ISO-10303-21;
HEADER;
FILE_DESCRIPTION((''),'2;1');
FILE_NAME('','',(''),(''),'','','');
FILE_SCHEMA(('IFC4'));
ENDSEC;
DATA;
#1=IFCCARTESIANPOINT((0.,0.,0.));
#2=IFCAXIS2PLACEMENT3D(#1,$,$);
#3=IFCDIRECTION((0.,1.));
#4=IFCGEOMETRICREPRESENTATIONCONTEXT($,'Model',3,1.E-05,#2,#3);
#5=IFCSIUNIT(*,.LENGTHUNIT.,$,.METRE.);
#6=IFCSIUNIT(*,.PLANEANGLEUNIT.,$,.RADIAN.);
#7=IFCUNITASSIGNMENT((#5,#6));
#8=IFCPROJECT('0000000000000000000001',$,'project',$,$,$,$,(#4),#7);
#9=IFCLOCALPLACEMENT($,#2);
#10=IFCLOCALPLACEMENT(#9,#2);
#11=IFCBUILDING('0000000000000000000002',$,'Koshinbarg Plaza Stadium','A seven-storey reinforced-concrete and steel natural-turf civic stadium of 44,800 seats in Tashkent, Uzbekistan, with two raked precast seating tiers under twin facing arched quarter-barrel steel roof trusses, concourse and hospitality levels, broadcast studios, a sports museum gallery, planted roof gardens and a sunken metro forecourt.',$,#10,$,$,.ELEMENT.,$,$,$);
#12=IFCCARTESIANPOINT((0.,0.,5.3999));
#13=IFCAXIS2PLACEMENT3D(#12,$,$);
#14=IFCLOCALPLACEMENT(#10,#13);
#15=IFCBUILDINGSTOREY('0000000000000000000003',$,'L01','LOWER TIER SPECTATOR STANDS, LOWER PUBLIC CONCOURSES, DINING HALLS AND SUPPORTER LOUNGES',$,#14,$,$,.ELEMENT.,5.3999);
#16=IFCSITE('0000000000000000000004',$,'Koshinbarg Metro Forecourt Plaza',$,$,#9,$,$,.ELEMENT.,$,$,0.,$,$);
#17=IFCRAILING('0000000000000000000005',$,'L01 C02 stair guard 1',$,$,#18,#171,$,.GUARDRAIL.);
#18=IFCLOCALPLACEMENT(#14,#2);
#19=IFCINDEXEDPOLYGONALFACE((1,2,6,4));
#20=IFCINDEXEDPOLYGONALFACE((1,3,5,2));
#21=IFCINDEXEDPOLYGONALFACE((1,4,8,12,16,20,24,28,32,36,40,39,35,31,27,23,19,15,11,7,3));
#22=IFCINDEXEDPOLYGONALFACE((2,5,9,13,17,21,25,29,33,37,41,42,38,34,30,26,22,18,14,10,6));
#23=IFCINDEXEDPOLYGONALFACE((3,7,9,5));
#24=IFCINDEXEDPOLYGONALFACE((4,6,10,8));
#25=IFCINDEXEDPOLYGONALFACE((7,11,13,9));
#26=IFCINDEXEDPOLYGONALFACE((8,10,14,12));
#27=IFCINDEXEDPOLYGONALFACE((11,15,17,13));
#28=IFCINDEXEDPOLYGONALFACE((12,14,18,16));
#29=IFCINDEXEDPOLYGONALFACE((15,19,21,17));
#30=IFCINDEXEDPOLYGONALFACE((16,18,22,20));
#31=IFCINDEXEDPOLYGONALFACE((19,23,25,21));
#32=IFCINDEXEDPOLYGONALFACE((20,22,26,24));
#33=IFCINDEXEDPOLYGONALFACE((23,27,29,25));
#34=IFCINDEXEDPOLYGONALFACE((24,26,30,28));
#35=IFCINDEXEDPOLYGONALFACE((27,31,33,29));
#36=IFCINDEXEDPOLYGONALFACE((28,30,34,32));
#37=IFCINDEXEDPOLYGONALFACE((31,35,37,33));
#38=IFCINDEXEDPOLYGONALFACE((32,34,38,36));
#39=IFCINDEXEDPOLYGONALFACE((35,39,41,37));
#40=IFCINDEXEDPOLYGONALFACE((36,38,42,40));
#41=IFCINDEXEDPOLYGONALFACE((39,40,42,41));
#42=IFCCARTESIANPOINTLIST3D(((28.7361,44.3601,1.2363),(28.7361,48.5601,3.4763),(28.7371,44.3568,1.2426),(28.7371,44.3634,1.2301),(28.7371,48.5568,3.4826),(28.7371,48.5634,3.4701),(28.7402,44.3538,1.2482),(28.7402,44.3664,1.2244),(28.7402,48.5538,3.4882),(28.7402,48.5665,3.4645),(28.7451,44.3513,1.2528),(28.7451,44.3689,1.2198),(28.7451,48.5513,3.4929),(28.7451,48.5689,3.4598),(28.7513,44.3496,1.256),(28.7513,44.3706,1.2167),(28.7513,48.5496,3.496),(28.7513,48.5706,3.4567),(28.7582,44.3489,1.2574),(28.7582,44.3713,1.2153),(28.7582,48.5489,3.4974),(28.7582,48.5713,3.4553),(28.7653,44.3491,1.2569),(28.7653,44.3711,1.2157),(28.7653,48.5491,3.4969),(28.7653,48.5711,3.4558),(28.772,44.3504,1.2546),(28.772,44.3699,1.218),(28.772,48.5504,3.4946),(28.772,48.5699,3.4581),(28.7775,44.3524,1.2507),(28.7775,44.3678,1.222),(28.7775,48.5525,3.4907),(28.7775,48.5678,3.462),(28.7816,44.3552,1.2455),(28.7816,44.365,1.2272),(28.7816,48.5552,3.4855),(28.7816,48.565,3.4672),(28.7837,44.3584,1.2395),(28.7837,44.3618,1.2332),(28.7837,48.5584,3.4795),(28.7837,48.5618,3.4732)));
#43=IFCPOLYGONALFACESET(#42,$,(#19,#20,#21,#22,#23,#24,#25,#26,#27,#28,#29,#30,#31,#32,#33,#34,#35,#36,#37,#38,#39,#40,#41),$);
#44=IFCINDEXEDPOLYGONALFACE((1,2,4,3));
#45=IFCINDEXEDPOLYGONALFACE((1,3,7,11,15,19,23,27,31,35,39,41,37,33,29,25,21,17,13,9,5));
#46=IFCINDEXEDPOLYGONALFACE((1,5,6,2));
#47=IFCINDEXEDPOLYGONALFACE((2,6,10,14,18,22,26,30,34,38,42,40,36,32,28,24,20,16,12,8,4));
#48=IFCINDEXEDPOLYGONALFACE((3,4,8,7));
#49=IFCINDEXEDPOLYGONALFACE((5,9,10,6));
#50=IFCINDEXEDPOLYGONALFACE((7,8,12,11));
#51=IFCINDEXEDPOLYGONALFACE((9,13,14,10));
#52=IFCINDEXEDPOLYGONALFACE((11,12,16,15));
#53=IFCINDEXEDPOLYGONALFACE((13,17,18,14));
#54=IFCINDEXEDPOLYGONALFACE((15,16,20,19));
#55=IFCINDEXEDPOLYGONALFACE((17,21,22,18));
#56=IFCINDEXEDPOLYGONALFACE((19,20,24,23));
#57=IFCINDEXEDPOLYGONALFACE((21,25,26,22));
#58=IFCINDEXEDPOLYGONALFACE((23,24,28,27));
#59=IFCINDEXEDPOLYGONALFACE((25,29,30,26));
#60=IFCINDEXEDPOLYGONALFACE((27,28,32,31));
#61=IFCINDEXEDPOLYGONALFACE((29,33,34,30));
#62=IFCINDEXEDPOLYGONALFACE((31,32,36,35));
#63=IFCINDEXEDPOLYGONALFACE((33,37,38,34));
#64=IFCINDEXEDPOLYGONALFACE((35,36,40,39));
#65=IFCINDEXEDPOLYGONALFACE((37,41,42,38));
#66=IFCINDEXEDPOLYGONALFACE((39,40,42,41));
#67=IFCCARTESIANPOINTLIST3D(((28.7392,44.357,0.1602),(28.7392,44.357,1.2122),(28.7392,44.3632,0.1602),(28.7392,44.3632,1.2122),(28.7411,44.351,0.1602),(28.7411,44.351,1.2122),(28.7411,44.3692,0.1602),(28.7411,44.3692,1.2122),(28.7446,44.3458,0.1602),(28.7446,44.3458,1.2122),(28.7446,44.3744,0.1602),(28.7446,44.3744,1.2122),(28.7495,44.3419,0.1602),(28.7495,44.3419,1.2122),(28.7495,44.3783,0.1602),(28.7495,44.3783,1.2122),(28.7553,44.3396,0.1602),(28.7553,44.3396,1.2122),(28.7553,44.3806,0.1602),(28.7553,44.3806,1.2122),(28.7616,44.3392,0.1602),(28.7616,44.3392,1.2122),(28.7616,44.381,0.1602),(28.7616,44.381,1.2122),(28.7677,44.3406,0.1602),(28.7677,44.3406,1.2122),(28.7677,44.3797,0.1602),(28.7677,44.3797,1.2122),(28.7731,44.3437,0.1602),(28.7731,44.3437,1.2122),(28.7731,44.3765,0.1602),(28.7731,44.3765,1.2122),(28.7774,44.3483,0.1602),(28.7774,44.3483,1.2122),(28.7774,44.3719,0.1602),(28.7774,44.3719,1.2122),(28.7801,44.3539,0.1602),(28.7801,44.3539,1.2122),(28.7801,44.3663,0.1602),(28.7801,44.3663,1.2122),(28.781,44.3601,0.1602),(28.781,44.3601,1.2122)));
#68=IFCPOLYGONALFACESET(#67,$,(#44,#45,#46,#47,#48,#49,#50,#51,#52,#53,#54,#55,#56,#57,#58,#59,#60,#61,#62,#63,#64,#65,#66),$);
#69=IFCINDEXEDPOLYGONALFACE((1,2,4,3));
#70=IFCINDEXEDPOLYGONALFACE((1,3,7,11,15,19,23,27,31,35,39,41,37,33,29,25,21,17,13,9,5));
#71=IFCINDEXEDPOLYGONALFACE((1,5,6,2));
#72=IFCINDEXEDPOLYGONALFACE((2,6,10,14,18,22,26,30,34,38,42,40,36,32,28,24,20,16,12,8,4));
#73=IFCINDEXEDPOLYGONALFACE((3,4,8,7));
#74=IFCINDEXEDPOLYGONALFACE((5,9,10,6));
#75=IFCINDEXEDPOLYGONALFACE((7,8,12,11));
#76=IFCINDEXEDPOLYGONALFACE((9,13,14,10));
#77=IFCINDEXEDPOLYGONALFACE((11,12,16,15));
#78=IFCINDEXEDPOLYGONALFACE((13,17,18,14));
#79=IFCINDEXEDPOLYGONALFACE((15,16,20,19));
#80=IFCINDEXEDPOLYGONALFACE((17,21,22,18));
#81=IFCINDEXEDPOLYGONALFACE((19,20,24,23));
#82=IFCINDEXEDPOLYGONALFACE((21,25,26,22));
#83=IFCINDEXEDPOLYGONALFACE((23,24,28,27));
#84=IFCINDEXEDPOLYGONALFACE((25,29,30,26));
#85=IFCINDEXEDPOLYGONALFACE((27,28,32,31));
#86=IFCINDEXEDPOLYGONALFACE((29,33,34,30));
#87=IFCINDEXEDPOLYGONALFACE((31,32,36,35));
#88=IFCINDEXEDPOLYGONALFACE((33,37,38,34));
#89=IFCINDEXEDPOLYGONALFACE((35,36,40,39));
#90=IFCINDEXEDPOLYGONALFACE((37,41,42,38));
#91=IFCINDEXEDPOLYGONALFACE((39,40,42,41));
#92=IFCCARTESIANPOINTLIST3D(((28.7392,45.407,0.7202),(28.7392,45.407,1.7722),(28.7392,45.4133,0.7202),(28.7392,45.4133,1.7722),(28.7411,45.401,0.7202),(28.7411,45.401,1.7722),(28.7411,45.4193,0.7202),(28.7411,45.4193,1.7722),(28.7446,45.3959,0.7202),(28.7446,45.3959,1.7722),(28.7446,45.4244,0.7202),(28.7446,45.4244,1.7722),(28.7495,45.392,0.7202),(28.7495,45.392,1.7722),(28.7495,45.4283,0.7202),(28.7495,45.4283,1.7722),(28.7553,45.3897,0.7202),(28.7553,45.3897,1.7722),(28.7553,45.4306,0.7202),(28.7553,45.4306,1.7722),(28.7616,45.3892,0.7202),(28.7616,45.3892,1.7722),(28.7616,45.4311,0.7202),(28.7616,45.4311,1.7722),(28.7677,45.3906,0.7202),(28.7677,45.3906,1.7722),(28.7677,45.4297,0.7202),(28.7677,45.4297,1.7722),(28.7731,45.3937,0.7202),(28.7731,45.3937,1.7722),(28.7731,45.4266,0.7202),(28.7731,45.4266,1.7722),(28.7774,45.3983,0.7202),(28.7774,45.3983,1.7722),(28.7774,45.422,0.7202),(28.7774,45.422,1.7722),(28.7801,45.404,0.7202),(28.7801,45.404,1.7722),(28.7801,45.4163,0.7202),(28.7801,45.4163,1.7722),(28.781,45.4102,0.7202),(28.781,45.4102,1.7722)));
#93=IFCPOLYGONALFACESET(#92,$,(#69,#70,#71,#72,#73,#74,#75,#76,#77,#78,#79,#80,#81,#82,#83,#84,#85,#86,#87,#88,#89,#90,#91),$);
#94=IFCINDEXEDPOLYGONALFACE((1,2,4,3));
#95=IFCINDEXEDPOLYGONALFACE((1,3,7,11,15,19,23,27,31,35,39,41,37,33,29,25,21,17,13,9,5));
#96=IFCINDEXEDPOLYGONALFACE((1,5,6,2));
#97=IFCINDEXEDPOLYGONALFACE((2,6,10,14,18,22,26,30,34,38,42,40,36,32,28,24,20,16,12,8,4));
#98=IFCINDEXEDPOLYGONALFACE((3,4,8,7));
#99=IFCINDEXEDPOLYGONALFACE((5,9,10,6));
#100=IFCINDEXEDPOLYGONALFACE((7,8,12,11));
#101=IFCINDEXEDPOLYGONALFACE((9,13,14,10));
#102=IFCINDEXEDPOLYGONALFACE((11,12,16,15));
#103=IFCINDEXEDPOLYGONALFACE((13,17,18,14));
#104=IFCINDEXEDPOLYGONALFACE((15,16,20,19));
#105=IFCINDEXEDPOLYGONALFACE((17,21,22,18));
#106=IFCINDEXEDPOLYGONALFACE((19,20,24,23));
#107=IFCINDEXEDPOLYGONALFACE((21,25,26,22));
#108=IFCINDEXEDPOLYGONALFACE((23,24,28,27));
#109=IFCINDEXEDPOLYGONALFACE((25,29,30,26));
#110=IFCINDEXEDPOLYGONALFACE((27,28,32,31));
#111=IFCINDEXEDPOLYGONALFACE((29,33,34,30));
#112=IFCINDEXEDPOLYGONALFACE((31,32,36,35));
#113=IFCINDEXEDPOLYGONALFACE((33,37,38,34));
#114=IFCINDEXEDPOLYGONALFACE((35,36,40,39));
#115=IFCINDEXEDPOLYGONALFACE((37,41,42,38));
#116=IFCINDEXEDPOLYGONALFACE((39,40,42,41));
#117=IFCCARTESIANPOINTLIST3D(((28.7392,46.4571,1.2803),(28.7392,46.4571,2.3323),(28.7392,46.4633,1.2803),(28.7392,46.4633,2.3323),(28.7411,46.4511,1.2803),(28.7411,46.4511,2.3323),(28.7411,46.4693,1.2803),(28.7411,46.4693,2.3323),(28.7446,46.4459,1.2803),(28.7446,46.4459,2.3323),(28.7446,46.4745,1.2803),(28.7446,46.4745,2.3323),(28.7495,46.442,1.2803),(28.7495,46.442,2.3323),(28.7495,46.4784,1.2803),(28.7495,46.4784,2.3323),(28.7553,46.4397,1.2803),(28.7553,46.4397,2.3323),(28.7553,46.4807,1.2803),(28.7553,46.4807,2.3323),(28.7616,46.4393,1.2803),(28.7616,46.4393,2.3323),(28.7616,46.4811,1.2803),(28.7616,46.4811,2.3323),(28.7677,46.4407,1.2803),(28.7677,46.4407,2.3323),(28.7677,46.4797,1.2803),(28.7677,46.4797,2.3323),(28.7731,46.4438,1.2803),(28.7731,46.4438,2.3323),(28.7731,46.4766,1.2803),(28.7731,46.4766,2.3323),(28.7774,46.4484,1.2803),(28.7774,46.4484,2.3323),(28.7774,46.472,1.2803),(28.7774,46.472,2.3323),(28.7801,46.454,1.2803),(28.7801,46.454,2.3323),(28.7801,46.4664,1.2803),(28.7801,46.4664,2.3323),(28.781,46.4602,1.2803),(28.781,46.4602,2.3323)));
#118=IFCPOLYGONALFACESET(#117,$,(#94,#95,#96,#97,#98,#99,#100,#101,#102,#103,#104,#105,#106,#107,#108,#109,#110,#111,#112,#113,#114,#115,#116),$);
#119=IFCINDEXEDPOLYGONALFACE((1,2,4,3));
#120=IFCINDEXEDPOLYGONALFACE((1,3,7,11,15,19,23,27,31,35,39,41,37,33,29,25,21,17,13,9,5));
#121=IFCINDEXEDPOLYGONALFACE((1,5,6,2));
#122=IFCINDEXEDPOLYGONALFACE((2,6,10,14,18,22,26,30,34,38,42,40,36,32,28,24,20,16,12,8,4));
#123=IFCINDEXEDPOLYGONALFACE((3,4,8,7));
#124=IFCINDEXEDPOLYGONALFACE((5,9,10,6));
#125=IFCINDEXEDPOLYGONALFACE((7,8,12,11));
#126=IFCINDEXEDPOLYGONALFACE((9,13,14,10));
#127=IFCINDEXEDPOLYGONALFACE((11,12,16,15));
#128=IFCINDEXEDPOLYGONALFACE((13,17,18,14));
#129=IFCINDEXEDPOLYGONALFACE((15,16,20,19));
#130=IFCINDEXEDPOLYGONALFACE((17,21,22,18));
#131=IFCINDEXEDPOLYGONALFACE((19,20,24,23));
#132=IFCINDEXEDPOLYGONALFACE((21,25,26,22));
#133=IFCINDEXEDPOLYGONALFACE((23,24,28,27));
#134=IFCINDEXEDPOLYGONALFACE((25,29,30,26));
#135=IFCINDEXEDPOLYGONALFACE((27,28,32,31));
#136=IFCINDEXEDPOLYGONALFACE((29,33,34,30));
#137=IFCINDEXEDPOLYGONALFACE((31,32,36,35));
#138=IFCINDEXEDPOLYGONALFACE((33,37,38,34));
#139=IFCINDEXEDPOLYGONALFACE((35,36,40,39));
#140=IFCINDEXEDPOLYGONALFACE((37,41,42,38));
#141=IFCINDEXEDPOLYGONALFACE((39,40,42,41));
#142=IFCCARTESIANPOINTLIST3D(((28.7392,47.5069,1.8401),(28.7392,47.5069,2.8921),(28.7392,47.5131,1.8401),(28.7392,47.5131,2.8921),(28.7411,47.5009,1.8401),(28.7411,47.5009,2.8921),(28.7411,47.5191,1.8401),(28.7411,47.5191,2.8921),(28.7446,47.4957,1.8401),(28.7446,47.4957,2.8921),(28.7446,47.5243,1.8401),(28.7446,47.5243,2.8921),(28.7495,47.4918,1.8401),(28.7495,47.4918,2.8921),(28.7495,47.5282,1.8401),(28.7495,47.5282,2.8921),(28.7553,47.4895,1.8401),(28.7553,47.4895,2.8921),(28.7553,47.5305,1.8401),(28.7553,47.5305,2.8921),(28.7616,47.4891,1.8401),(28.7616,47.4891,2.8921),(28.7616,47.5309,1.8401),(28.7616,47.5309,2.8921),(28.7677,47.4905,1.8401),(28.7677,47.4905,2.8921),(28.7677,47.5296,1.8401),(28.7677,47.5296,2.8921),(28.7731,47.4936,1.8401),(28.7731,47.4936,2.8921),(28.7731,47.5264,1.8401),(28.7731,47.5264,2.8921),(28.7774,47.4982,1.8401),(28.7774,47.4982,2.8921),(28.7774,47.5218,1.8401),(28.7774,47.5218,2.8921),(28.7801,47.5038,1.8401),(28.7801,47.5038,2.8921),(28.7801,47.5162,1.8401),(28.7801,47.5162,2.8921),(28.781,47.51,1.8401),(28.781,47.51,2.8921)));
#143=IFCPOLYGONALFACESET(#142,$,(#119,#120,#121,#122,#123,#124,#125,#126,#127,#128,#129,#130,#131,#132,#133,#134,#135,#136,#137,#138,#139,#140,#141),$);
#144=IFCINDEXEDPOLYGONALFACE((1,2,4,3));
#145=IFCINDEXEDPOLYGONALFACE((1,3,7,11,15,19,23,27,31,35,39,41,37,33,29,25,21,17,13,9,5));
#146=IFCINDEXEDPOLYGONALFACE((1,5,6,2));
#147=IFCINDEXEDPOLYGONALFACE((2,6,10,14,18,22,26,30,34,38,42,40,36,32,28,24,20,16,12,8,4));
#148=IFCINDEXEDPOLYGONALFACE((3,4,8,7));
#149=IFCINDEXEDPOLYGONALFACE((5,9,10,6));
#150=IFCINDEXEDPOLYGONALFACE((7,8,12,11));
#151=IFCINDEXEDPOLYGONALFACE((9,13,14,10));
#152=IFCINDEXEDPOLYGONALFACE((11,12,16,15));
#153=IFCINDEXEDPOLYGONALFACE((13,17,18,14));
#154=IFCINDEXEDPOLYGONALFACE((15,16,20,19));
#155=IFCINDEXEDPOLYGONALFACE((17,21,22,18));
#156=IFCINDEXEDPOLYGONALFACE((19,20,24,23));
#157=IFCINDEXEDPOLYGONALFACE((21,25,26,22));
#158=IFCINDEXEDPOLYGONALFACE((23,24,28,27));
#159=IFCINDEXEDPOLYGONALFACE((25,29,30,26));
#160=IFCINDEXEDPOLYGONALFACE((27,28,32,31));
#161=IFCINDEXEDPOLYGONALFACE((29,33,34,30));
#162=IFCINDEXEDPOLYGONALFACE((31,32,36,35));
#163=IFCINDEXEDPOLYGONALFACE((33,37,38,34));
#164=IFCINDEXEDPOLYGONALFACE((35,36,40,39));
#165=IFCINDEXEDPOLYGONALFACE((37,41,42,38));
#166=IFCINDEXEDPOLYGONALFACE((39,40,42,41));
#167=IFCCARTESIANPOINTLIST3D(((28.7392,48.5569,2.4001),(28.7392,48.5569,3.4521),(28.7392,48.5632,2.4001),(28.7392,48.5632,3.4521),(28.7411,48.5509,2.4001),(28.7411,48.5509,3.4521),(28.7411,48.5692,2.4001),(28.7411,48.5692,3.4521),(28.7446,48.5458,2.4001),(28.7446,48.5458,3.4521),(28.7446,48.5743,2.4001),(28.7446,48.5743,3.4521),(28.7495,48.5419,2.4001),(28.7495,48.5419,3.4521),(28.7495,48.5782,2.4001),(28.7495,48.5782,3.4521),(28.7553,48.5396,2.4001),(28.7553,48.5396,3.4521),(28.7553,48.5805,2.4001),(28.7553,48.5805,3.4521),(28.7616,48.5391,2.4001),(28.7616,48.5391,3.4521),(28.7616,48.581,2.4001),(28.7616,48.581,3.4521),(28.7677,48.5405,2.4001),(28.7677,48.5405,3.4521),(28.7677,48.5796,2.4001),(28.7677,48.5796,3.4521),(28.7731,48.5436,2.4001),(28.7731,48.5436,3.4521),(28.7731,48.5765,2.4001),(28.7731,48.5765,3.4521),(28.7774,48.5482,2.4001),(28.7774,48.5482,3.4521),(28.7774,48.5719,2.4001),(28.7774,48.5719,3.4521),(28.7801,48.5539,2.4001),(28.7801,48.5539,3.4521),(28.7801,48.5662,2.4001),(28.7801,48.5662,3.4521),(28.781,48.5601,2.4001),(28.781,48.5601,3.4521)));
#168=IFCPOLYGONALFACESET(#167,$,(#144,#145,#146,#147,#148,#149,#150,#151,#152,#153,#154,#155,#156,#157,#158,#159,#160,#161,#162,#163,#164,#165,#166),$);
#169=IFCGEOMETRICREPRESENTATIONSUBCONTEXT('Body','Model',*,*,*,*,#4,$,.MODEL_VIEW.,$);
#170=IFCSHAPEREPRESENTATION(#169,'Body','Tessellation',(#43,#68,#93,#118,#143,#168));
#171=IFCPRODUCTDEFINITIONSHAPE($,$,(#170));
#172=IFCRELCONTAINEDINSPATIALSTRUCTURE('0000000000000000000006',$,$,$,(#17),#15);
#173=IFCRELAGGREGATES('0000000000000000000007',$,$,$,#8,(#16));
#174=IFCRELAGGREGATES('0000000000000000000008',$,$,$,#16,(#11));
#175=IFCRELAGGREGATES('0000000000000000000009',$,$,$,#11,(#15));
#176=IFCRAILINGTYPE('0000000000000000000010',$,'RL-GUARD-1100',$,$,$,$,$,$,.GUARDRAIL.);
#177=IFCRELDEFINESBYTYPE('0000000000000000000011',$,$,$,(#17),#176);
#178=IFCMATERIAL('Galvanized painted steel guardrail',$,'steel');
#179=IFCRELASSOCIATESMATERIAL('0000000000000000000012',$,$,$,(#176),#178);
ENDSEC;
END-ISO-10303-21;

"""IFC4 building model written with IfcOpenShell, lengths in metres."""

from ifc_helpers import new_model, si_unit, direction, frame, origin, origin_2d, place, context, subcontext, project, spatial, circle, extrude, material, type_object, element, save


model = new_model("IFC4")

# Units and contexts
model_context = context("Model", 3, precision=1e-05, world=origin(), true_north=direction((0.0, 1.0)))
body_context = subcontext(model_context, "Body", "Model", "MODEL_VIEW")
ifc_project = project(units=[si_unit("LENGTHUNIT", "METRE"), si_unit("PLANEANGLEUNIT", "RADIAN")], contexts=[model_context])

# Site, building, storey
site_placement = place(None, origin())
site = spatial("IfcSite", under=ifc_project, at=site_placement, Name="Koshinbarg Metro Forecourt Plaza", CompositionType="ELEMENT", RefElevation=0.0)
building_placement = place(site_placement, origin())
building = spatial("IfcBuilding", under=site, at=building_placement, Name="Koshinbarg Plaza Stadium", Description="A seven-storey reinforced-concrete and steel natural-turf civic stadium of 44,800 seats in Tashkent, Uzbekistan, with two raked precast seating tiers under twin facing arched quarter-barrel steel roof trusses, concourse and hospitality levels, broadcast studios, a sports museum gallery, planted roof gardens and a sunken metro forecourt.", CompositionType="ELEMENT")
storey_placement = place(building_placement, frame((0.0, 0.0, 5.3999)))
storey = spatial("IfcBuildingStorey", under=building, at=storey_placement, Name="L01", Description="LOWER TIER SPECTATOR STANDS, LOWER PUBLIC CONCOURSES, DINING HALLS AND SUPPORTER LOUNGES", CompositionType="ELEMENT", Elevation=5.3999)

# Railing
ifc_material_1 = material(Name="Galvanized painted steel guardrail", Category="steel")
railing_type_1 = type_object("IfcRailingType", Name="RL-GUARD-1100", PredefinedType="GUARDRAIL", material=ifc_material_1)
railing_1_placement = place(storey_placement, frame((28.76, 44.3601, 0.1602)))
element("IfcRailing", 1, at=railing_1_placement, inside=storey, type_object=railing_type_1, Name="L01 C02 stair guard 1", PredefinedType="GUARDRAIL", context=body_context, shape_type="SweptSolid", body=[
    extrude(circle(Radius=0.0239, at=origin_2d()), frame((0.0, 0.0, 1.0762), z_axis=(0.0, 0.882352, 0.470591), x_axis=(-1.0, 0.0, 0.0)), (0.0, 0.0, 1.0), 4.76),
    extrude(circle(Radius=0.021, at=origin_2d()), origin(), (0.0, 0.0, 1.0), 1.052),
    extrude(circle(Radius=0.021, at=origin_2d()), frame((0.0, 1.05, 0.5601)), (0.0, 0.0, 1.0), 1.052),
    extrude(circle(Radius=0.021, at=origin_2d()), frame((0.0, 2.1001, 1.1201)), (0.0, 0.0, 1.0), 1.052),
    extrude(circle(Radius=0.021, at=origin_2d()), frame((0.0, 3.1499, 1.6799)), (0.0, 0.0, 1.0), 1.052),
    extrude(circle(Radius=0.021, at=origin_2d()), frame((0.0, 4.2, 2.24)), (0.0, 0.0, 1.0), 1.052),
])

save(model, "model.ifc")
